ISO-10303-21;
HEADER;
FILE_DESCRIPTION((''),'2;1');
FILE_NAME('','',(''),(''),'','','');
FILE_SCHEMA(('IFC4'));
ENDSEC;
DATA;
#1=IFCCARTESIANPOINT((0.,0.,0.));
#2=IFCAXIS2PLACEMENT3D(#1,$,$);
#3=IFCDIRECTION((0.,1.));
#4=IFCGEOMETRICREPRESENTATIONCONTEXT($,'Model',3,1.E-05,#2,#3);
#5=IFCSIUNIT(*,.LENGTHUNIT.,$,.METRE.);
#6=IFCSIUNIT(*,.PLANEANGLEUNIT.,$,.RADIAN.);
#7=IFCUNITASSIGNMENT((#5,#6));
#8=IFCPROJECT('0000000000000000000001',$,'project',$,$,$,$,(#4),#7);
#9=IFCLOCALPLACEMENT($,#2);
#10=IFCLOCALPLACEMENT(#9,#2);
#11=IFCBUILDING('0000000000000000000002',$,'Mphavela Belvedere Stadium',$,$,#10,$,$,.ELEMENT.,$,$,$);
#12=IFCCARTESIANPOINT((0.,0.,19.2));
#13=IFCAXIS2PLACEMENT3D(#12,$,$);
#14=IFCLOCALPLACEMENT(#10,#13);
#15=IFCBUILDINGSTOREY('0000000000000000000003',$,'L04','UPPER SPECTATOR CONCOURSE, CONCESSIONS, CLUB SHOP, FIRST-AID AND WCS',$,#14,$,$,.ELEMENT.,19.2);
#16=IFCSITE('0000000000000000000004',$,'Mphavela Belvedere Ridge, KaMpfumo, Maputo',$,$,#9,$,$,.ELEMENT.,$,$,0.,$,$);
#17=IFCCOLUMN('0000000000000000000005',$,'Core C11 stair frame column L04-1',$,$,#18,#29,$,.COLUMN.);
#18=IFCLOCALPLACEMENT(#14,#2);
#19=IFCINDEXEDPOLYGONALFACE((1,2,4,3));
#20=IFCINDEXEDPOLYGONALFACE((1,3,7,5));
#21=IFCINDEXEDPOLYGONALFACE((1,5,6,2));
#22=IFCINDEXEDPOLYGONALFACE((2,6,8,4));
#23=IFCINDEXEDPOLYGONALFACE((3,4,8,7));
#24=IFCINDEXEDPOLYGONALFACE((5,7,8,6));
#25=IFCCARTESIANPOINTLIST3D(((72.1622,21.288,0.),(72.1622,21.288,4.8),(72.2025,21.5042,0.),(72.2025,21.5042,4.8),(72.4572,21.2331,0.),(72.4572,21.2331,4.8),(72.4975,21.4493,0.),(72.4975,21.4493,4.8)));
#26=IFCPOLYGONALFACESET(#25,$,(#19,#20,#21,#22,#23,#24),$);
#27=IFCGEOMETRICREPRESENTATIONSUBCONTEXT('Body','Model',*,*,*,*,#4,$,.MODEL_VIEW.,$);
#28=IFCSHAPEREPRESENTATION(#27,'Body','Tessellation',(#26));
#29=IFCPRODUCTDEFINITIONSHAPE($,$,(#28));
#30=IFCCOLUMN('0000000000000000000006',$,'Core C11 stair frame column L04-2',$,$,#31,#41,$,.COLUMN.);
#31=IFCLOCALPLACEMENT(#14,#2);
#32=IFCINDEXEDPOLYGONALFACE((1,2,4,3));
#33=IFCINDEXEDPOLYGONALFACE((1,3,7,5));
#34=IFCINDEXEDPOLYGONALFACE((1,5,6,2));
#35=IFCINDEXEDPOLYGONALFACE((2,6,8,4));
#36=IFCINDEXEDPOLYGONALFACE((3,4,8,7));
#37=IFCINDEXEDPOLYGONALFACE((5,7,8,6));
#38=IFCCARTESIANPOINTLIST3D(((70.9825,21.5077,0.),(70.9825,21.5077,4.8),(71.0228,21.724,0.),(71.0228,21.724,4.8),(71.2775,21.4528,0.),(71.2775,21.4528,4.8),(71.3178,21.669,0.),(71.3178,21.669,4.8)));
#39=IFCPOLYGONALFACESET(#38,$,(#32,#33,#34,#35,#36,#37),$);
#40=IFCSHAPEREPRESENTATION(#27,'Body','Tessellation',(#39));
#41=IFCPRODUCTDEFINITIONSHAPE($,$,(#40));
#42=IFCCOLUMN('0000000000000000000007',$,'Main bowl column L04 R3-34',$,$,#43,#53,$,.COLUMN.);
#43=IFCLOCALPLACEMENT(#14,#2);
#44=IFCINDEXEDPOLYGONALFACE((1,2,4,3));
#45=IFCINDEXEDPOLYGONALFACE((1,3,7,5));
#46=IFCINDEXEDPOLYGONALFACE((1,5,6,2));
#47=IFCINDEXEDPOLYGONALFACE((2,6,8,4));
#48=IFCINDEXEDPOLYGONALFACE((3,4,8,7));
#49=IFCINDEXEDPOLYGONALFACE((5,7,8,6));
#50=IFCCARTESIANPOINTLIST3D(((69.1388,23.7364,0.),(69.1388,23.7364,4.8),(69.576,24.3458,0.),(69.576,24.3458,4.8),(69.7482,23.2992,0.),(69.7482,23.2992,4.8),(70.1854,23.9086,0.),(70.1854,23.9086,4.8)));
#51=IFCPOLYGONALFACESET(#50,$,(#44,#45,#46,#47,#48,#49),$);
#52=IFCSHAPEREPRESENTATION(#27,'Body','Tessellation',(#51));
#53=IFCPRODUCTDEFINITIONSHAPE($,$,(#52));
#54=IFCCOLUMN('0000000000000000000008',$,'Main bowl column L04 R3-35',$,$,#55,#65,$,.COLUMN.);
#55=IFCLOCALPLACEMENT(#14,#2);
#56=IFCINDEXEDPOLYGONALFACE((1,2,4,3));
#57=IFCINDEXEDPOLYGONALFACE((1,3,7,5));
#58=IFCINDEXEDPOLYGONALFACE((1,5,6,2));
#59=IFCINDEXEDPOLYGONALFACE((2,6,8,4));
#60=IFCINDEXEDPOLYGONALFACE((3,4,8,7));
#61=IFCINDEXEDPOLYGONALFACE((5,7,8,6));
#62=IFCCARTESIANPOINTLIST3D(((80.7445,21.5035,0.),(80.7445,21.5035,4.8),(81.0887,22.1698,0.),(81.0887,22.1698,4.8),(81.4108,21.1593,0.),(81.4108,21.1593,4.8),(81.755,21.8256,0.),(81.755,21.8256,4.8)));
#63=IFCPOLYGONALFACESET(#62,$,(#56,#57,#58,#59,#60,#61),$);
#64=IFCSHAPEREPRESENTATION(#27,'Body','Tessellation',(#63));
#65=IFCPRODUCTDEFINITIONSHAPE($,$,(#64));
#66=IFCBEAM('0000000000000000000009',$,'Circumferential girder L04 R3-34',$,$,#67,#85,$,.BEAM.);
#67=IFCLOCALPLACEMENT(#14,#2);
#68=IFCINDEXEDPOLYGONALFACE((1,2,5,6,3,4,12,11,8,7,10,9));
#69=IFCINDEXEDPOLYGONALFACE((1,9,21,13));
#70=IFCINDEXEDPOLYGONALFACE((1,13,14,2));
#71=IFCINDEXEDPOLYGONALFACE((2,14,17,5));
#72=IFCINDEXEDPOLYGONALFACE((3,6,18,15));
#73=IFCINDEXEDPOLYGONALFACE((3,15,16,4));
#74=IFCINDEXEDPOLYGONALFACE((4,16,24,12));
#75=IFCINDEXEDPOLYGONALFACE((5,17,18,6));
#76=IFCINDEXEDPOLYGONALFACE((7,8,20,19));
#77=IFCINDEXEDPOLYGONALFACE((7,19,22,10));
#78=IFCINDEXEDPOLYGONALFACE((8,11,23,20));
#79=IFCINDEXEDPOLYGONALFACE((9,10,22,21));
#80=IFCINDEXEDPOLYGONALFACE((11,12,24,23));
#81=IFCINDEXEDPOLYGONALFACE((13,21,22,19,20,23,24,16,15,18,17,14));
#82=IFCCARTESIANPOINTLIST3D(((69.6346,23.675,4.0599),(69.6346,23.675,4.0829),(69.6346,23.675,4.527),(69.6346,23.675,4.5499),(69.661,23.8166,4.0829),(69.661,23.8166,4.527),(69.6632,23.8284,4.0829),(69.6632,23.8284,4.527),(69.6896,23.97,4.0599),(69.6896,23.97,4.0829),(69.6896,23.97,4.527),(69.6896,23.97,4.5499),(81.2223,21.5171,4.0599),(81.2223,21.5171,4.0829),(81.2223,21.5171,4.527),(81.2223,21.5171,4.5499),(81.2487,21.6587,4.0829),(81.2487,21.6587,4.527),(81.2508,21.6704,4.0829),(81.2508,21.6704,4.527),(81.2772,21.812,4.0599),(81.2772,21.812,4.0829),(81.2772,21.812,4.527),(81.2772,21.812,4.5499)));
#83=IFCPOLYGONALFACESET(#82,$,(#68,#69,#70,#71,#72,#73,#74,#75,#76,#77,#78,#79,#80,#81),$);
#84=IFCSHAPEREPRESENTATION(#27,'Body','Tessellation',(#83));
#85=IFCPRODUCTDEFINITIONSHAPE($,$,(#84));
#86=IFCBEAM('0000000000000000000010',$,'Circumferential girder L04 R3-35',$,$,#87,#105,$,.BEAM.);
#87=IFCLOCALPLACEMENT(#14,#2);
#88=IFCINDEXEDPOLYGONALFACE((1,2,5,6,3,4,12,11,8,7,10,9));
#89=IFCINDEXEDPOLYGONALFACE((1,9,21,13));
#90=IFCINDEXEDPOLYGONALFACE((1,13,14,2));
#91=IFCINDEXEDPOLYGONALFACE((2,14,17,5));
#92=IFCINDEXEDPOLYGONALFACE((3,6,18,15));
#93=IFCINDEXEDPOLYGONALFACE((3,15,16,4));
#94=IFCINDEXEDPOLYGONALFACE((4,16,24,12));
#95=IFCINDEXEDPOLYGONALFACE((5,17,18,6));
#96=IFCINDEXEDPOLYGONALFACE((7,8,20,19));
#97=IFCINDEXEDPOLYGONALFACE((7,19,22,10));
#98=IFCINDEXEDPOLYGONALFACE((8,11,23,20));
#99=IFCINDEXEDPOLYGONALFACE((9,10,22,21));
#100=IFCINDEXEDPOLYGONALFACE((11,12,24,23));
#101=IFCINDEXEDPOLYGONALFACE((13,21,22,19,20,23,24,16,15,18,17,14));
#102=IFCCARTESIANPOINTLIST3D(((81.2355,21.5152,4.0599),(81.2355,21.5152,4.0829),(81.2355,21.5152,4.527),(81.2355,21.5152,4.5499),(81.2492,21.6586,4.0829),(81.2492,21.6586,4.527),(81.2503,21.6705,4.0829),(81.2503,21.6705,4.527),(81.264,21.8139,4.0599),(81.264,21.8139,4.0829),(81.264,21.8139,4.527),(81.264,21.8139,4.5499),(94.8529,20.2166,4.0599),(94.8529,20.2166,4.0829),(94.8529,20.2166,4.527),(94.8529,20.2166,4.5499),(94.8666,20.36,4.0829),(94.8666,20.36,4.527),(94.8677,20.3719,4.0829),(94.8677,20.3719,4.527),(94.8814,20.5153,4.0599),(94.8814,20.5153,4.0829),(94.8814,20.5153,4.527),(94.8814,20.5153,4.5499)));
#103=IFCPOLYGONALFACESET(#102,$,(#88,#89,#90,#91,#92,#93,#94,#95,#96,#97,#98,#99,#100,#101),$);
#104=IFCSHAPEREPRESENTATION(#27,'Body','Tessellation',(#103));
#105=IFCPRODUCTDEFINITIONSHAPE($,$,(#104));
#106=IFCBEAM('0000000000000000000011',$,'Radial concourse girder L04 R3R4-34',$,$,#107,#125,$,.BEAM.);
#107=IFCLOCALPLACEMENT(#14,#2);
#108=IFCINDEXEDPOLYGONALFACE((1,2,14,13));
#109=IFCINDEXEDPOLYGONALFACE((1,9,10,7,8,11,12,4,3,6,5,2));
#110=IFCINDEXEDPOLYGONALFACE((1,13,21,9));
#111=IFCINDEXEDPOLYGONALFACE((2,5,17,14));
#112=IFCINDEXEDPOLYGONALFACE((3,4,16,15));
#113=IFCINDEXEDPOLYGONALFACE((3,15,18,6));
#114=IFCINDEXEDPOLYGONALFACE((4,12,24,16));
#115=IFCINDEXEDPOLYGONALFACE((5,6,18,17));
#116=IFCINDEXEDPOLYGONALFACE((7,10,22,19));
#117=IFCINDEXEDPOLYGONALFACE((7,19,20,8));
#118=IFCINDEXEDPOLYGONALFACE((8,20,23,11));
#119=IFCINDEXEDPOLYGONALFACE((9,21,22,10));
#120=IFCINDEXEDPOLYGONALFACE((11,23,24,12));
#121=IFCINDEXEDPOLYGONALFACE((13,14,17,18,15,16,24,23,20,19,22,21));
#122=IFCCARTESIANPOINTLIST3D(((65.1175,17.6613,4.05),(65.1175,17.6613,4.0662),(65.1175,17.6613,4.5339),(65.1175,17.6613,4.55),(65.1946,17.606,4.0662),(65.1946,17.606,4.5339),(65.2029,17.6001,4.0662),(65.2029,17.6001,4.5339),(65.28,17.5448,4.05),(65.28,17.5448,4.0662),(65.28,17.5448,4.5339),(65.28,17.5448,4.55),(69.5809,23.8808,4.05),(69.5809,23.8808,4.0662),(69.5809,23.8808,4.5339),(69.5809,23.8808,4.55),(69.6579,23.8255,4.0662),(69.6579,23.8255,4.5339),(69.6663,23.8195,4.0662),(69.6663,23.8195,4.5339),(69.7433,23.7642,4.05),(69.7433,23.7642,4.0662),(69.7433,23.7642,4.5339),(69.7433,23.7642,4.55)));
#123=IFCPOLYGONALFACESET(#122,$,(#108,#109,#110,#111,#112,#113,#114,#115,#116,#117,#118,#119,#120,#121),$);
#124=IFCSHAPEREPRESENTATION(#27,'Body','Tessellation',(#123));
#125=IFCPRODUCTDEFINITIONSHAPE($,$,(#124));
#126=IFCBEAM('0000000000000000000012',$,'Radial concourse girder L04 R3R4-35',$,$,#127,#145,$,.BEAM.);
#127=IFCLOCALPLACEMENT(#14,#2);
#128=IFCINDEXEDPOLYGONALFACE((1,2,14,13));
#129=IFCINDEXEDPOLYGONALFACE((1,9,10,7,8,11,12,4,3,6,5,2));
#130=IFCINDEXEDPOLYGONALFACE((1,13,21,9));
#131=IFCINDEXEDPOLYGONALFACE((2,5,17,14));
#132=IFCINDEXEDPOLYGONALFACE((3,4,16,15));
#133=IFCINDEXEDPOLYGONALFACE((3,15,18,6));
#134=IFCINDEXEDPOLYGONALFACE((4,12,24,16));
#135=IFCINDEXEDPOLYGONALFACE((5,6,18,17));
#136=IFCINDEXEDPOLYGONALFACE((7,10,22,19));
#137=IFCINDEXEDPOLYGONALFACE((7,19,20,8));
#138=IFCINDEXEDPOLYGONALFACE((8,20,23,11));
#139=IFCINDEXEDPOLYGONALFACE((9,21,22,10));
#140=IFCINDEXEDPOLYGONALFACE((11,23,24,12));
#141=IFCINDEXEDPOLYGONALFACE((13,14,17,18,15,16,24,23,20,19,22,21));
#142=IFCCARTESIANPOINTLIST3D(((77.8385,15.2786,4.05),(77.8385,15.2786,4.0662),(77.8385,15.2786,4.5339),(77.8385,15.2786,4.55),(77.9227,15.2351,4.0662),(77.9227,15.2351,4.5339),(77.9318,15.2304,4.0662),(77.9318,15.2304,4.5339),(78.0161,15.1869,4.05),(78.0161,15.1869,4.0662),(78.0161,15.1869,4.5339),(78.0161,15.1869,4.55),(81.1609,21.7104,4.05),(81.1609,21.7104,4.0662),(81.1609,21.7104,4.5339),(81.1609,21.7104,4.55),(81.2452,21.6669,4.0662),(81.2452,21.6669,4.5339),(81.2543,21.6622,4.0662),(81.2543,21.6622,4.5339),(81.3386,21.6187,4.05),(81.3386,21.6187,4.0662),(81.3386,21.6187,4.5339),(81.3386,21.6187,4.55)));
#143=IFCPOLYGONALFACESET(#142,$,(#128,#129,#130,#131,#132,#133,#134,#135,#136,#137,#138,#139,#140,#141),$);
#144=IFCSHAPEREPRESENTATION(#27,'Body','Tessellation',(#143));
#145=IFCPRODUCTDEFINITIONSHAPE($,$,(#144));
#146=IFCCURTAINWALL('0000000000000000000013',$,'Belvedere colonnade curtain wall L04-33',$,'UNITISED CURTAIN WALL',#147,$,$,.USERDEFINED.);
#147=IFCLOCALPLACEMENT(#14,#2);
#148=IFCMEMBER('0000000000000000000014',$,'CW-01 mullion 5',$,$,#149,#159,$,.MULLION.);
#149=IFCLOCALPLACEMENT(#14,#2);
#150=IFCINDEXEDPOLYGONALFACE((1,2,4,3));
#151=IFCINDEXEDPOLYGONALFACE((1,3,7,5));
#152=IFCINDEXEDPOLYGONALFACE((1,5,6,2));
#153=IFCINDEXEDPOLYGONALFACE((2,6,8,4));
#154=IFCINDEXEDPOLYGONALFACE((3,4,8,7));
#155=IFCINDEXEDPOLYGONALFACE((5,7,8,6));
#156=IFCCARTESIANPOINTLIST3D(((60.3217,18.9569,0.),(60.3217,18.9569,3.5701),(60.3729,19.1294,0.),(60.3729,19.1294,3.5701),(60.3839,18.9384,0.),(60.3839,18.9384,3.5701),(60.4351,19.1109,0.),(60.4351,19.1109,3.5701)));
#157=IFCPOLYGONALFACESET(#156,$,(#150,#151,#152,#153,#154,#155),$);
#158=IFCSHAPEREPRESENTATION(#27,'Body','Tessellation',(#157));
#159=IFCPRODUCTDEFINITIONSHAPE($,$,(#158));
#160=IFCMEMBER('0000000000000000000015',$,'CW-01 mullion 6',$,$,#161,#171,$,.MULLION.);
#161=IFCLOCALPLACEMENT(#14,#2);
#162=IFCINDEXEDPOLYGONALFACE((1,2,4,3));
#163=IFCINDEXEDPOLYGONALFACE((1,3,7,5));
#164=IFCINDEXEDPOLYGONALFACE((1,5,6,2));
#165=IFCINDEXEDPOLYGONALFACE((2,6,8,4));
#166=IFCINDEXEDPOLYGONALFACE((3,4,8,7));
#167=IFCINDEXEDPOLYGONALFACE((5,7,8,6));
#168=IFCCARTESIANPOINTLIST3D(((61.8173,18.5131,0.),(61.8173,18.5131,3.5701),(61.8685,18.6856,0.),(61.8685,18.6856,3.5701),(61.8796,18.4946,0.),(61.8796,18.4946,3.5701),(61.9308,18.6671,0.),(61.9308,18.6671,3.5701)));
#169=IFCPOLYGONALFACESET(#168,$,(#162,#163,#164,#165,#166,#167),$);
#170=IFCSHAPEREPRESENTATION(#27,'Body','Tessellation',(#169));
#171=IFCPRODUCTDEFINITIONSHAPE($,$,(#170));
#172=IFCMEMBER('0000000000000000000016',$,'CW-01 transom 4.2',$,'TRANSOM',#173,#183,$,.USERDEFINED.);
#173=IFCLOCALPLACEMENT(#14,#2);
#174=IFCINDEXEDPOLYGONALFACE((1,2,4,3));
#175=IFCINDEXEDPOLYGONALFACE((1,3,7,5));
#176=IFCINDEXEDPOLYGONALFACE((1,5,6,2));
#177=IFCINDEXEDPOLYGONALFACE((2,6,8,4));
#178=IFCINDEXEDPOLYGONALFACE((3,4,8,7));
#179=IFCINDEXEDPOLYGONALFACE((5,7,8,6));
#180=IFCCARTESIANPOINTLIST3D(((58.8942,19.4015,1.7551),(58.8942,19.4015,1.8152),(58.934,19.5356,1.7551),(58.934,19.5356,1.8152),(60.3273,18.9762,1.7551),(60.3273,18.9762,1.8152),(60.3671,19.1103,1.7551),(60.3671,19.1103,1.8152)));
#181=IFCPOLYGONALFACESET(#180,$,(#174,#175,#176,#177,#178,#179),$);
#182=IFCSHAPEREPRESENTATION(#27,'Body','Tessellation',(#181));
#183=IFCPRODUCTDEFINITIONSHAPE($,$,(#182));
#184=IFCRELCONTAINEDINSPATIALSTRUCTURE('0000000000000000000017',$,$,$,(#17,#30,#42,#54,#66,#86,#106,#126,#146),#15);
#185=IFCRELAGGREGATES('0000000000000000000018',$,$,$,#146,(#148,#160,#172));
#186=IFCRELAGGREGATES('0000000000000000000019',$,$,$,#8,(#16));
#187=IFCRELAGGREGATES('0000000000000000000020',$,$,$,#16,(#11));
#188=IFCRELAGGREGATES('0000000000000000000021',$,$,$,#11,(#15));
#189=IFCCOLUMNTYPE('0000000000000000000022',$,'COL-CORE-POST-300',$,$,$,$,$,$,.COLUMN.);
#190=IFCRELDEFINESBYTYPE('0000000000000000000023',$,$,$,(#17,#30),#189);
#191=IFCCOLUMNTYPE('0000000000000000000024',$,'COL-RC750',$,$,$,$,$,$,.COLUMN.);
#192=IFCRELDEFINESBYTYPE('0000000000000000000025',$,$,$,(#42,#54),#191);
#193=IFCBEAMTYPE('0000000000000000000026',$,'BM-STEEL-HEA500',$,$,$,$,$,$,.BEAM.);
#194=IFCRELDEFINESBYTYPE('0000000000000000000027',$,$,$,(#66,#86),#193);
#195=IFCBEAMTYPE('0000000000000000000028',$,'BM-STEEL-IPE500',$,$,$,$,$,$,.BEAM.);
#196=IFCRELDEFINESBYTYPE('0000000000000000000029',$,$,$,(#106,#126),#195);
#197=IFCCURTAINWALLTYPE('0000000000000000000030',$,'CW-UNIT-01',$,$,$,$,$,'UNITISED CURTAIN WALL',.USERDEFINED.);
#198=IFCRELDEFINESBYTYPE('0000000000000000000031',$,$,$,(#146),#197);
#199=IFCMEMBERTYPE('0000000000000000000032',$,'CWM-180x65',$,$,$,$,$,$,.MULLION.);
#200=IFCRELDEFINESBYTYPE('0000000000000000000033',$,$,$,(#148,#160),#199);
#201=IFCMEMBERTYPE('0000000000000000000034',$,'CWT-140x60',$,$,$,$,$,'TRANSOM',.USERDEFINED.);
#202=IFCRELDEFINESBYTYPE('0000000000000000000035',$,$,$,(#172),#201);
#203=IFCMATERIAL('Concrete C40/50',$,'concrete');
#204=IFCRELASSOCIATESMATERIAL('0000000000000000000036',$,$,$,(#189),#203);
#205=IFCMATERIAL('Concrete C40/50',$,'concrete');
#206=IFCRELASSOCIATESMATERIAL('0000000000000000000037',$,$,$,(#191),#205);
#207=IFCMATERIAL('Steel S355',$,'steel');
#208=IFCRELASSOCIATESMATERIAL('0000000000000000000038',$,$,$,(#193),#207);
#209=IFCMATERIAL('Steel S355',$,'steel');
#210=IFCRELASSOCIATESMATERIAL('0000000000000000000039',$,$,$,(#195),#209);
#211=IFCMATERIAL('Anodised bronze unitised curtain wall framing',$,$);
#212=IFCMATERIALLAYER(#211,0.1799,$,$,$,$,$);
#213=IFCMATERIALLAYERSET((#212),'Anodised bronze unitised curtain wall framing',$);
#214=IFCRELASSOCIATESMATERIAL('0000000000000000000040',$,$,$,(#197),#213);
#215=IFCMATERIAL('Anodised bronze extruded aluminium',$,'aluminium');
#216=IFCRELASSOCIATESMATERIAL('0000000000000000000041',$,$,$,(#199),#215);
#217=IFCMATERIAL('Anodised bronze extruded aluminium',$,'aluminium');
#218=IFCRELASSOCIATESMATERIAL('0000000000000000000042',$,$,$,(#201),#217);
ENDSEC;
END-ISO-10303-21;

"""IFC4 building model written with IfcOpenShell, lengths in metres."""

from ifc_helpers import new_model, si_unit, direction, frame, origin, origin_2d, place, context, subcontext, project, spatial, rectangle, i_section, extrude, material, layer, layer_set, material_profile, profile_set, type_object, element, aggregate, save


model = new_model("IFC4")

# Units and contexts
model_context = context("Model", 3, precision=1e-05, world=origin(), true_north=direction((0.0, 1.0)))
body_context = subcontext(model_context, "Body", "Model", "MODEL_VIEW")
ifc_project = project(units=[si_unit("LENGTHUNIT", "METRE"), si_unit("PLANEANGLEUNIT", "RADIAN")], contexts=[model_context])

# Site, building, storey
site_placement = place(None, origin())
site = spatial("IfcSite", under=ifc_project, at=site_placement, Name="Mphavela Belvedere Ridge, KaMpfumo, Maputo", CompositionType="ELEMENT", RefElevation=0.0)
building_placement = place(site_placement, origin())
building = spatial("IfcBuilding", under=site, at=building_placement, Name="Mphavela Belvedere Stadium", CompositionType="ELEMENT")
storey_placement = place(building_placement, frame((0.0, 0.0, 19.2)))
storey = spatial("IfcBuildingStorey", under=building, at=storey_placement, Name="L04", Description="UPPER SPECTATOR CONCOURSE, CONCESSIONS, CLUB SHOP, FIRST-AID AND WCS", CompositionType="ELEMENT", Elevation=19.2)

# Columns
ifc_material_1 = material(Name="Concrete C40/50", Category="concrete")
ifc_material_profile_1 = material_profile(ifc_material_1, rectangle(XDim=0.3, YDim=0.22, at=origin_2d()), Name="RC 300x220")
ifc_profile_set_1 = profile_set([ifc_material_profile_1], Name="Concrete C40/50")
column_type_1 = type_object("IfcColumnType", Name="COL-CORE-POST-300", PredefinedType="COLUMN", material=ifc_profile_set_1)
for number, where, z_axis, x_axis, name in (
    (1, (72.3298, 21.3687, 0.0), (0.0, 0.0, 1.0), (-0.983096, 0.183094, 0.0), "Core C11 stair frame column L04-1"),
    (2, (71.1501, 21.5884, 0.0), (0.0, 0.0, 1.0), (-0.983096, 0.183094, 0.0), "Core C11 stair frame column L04-2"),
):
    element("IfcColumn", number, at=place(storey_placement, frame(where, z_axis=z_axis, x_axis=x_axis)), inside=storey, type_object=column_type_1, Name=name, PredefinedType="COLUMN", context=body_context, shape_type="SweptSolid", body=[
        extrude(rectangle(XDim=0.3, YDim=0.22, at=origin_2d()), origin(), (0.0, 0.0, 1.0), 4.8),
    ])
ifc_material_2 = material(Name="Concrete C40/50", Category="concrete")
ifc_material_profile_2 = material_profile(ifc_material_2, rectangle(XDim=0.75, YDim=0.75, at=origin_2d()), Name="RC 750x750")
ifc_profile_set_2 = profile_set([ifc_material_profile_2], Name="Concrete C40/50")
column_type_2 = type_object("IfcColumnType", Name="COL-RC750", PredefinedType="COLUMN", material=ifc_profile_set_2)
for number, where, z_axis, x_axis, name in (
    (3, (69.6621, 23.8225, 0.0), (0.0, 0.0, 1.0), (-0.582974, -0.812491, 0.0), "Main bowl column L04 R3-34"),
    (4, (81.2498, 21.6646, 0.0), (0.0, 0.0, 1.0), (-0.45896, -0.888457, 0.0), "Main bowl column L04 R3-35"),
):
    element("IfcColumn", number, at=place(storey_placement, frame(where, z_axis=z_axis, x_axis=x_axis)), inside=storey, type_object=column_type_2, Name=name, PredefinedType="COLUMN", context=body_context, shape_type="SweptSolid", body=[
        extrude(rectangle(XDim=0.75, YDim=0.75, at=origin_2d()), origin(), (0.0, 0.0, 1.0), 4.8),
    ])

# Beams
ifc_material_3 = material(Name="Steel S355", Category="steel")
ifc_material_profile_3 = material_profile(ifc_material_3, i_section(OverallWidth=0.3, OverallDepth=0.49, WebThickness=0.012, FlangeThickness=0.0229, at=origin_2d()), Name="HEA 500")
ifc_profile_set_3 = profile_set([ifc_material_profile_3], Name="Steel S355")
beam_type_1 = type_object("IfcBeamType", Name="BM-STEEL-HEA500", PredefinedType="BEAM", material=ifc_profile_set_3)
beam_1_placement = place(storey_placement, frame((69.6621, 23.8225, 4.3049), z_axis=(0.983098, -0.183082, 0.0), x_axis=(0.183082, 0.983098, 0.0)))
element("IfcBeam", 5, at=beam_1_placement, inside=storey, type_object=beam_type_1, Name="Circumferential girder L04 R3-34", PredefinedType="BEAM", context=body_context, shape_type="SweptSolid", body=[
    extrude(i_section(OverallWidth=0.3, OverallDepth=0.49, WebThickness=0.012, FlangeThickness=0.0229, at=origin_2d()), origin(), (0.0, 0.0, 1.0), 11.7869),
])
beam_2_placement = place(storey_placement, frame((81.2498, 21.6646, 4.3049), z_axis=(0.995484, -0.094931, 0.0), x_axis=(0.094931, 0.995484, 0.0)))
element("IfcBeam", 6, at=beam_2_placement, inside=storey, type_object=beam_type_1, Name="Circumferential girder L04 R3-35", PredefinedType="BEAM", context=body_context, shape_type="SweptSolid", body=[
    extrude(i_section(OverallWidth=0.3, OverallDepth=0.49, WebThickness=0.012, FlangeThickness=0.0229, at=origin_2d()), origin(), (0.0, 0.0, 1.0), 13.6792),
])
ifc_material_4 = material(Name="Steel S355", Category="steel")
ifc_material_profile_4 = material_profile(ifc_material_4, i_section(OverallWidth=0.2, OverallDepth=0.5, WebThickness=0.0103, FlangeThickness=0.0161, at=origin_2d()), Name="IPE 500")
ifc_profile_set_4 = profile_set([ifc_material_profile_4], Name="Steel S355")
beam_type_2 = type_object("IfcBeamType", Name="BM-STEEL-IPE500", PredefinedType="BEAM", material=ifc_profile_set_4)
beam_3_placement = place(storey_placement, frame((69.6621, 23.8225, 4.3), z_axis=(-0.583044, -0.812441, 0.0), x_axis=(0.812441, -0.583044, 0.0)))
element("IfcBeam", 7, at=beam_3_placement, inside=storey, type_object=beam_type_2, Name="Radial concourse girder L04 R3R4-34", PredefinedType="BEAM", context=body_context, shape_type="SweptSolid", body=[
    extrude(i_section(OverallWidth=0.2, OverallDepth=0.5, WebThickness=0.0103, FlangeThickness=0.0161, at=origin_2d()), origin(), (0.0, 0.0, 1.0), 7.6553),
])
beam_4_placement = place(storey_placement, frame((81.2498, 21.6646, 4.3), z_axis=(-0.458951, -0.888461, 0.0), x_axis=(0.888461, -0.458951, 0.0)))
element("IfcBeam", 8, at=beam_4_placement, inside=storey, type_object=beam_type_2, Name="Radial concourse girder L04 R3R4-35", PredefinedType="BEAM", context=body_context, shape_type="SweptSolid", body=[
    extrude(i_section(OverallWidth=0.2, OverallDepth=0.5, WebThickness=0.0103, FlangeThickness=0.0161, at=origin_2d()), origin(), (0.0, 0.0, 1.0), 7.2393),
])

# Curtain wall, members
ifc_material_5 = material(Name="Anodised bronze unitised curtain wall framing")
ifc_layer_1 = layer(ifc_material_5, 0.1799)
ifc_layer_set_1 = layer_set([ifc_layer_1], Name="Anodised bronze unitised curtain wall framing")
curtain_wall_type = type_object("IfcCurtainWallType", Name="CW-UNIT-01", ElementType="UNITISED CURTAIN WALL", PredefinedType="USERDEFINED", material=ifc_layer_set_1)
curtain_wall_placement = place(storey_placement, origin())
curtain_wall = element("IfcCurtainWall", 9, at=curtain_wall_placement, inside=storey, type_object=curtain_wall_type, Name="Belvedere colonnade curtain wall L04-33", ObjectType="UNITISED CURTAIN WALL", PredefinedType="USERDEFINED")
ifc_material_6 = material(Name="Anodised bronze extruded aluminium", Category="aluminium")
ifc_material_profile_5 = material_profile(ifc_material_6, rectangle(XDim=0.1799, YDim=0.0649, at=origin_2d()), Name="CW-MUL 180x65")
ifc_profile_set_5 = profile_set([ifc_material_profile_5], Name="Anodised bronze extruded aluminium")
member_type_1 = type_object("IfcMemberType", Name="CWM-180x65", PredefinedType="MULLION", material=ifc_profile_set_5)
member_1_placement = place(storey_placement, frame((60.3784, 19.0339, 0.0), z_axis=(0.0, 0.0, 1.0), x_axis=(0.284561, 0.958658, 0.0)))
member_1 = element("IfcMember", 10, at=member_1_placement, type_object=member_type_1, Name="CW-01 mullion 5", PredefinedType="MULLION", context=body_context, shape_type="SweptSolid", body=[
    extrude(rectangle(XDim=0.1799, YDim=0.0649, at=origin_2d()), origin(), (0.0, 0.0, 1.0), 3.5701),
])
member_2_placement = place(storey_placement, frame((61.874, 18.5901, 0.0), z_axis=(0.0, 0.0, 1.0), x_axis=(0.284561, 0.958658, 0.0)))
member_2 = element("IfcMember", 11, at=member_2_placement, type_object=member_type_1, Name="CW-01 mullion 6", PredefinedType="MULLION", context=body_context, shape_type="SweptSolid", body=[
    extrude(rectangle(XDim=0.1799, YDim=0.0649, at=origin_2d()), origin(), (0.0, 0.0, 1.0), 3.5701),
])
ifc_material_7 = material(Name="Anodised bronze extruded aluminium", Category="aluminium")
ifc_material_profile_6 = material_profile(ifc_material_7, rectangle(XDim=0.1399, YDim=0.0601, at=origin_2d()), Name="CW-TRN 140x60")
ifc_profile_set_6 = profile_set([ifc_material_profile_6], Name="Anodised bronze extruded aluminium")
member_type_2 = type_object("IfcMemberType", Name="CWT-140x60", ElementType="TRANSOM", PredefinedType="USERDEFINED", material=ifc_profile_set_6)
member_3_placement = place(storey_placement, frame((58.9141, 19.4685, 1.7852), z_axis=(0.958676, -0.2845, 0.0), x_axis=(0.2845, 0.958676, 0.0)))
member_3 = element("IfcMember", 12, at=member_3_placement, type_object=member_type_2, Name="CW-01 transom 4.2", ObjectType="TRANSOM", PredefinedType="USERDEFINED", context=body_context, shape_type="SweptSolid", body=[
    extrude(rectangle(XDim=0.1399, YDim=0.0601, at=origin_2d()), origin(), (0.0, 0.0, 1.0), 1.4949),
])
aggregate(curtain_wall, [member_1, member_2, member_3])

save(model, "model.ifc")
